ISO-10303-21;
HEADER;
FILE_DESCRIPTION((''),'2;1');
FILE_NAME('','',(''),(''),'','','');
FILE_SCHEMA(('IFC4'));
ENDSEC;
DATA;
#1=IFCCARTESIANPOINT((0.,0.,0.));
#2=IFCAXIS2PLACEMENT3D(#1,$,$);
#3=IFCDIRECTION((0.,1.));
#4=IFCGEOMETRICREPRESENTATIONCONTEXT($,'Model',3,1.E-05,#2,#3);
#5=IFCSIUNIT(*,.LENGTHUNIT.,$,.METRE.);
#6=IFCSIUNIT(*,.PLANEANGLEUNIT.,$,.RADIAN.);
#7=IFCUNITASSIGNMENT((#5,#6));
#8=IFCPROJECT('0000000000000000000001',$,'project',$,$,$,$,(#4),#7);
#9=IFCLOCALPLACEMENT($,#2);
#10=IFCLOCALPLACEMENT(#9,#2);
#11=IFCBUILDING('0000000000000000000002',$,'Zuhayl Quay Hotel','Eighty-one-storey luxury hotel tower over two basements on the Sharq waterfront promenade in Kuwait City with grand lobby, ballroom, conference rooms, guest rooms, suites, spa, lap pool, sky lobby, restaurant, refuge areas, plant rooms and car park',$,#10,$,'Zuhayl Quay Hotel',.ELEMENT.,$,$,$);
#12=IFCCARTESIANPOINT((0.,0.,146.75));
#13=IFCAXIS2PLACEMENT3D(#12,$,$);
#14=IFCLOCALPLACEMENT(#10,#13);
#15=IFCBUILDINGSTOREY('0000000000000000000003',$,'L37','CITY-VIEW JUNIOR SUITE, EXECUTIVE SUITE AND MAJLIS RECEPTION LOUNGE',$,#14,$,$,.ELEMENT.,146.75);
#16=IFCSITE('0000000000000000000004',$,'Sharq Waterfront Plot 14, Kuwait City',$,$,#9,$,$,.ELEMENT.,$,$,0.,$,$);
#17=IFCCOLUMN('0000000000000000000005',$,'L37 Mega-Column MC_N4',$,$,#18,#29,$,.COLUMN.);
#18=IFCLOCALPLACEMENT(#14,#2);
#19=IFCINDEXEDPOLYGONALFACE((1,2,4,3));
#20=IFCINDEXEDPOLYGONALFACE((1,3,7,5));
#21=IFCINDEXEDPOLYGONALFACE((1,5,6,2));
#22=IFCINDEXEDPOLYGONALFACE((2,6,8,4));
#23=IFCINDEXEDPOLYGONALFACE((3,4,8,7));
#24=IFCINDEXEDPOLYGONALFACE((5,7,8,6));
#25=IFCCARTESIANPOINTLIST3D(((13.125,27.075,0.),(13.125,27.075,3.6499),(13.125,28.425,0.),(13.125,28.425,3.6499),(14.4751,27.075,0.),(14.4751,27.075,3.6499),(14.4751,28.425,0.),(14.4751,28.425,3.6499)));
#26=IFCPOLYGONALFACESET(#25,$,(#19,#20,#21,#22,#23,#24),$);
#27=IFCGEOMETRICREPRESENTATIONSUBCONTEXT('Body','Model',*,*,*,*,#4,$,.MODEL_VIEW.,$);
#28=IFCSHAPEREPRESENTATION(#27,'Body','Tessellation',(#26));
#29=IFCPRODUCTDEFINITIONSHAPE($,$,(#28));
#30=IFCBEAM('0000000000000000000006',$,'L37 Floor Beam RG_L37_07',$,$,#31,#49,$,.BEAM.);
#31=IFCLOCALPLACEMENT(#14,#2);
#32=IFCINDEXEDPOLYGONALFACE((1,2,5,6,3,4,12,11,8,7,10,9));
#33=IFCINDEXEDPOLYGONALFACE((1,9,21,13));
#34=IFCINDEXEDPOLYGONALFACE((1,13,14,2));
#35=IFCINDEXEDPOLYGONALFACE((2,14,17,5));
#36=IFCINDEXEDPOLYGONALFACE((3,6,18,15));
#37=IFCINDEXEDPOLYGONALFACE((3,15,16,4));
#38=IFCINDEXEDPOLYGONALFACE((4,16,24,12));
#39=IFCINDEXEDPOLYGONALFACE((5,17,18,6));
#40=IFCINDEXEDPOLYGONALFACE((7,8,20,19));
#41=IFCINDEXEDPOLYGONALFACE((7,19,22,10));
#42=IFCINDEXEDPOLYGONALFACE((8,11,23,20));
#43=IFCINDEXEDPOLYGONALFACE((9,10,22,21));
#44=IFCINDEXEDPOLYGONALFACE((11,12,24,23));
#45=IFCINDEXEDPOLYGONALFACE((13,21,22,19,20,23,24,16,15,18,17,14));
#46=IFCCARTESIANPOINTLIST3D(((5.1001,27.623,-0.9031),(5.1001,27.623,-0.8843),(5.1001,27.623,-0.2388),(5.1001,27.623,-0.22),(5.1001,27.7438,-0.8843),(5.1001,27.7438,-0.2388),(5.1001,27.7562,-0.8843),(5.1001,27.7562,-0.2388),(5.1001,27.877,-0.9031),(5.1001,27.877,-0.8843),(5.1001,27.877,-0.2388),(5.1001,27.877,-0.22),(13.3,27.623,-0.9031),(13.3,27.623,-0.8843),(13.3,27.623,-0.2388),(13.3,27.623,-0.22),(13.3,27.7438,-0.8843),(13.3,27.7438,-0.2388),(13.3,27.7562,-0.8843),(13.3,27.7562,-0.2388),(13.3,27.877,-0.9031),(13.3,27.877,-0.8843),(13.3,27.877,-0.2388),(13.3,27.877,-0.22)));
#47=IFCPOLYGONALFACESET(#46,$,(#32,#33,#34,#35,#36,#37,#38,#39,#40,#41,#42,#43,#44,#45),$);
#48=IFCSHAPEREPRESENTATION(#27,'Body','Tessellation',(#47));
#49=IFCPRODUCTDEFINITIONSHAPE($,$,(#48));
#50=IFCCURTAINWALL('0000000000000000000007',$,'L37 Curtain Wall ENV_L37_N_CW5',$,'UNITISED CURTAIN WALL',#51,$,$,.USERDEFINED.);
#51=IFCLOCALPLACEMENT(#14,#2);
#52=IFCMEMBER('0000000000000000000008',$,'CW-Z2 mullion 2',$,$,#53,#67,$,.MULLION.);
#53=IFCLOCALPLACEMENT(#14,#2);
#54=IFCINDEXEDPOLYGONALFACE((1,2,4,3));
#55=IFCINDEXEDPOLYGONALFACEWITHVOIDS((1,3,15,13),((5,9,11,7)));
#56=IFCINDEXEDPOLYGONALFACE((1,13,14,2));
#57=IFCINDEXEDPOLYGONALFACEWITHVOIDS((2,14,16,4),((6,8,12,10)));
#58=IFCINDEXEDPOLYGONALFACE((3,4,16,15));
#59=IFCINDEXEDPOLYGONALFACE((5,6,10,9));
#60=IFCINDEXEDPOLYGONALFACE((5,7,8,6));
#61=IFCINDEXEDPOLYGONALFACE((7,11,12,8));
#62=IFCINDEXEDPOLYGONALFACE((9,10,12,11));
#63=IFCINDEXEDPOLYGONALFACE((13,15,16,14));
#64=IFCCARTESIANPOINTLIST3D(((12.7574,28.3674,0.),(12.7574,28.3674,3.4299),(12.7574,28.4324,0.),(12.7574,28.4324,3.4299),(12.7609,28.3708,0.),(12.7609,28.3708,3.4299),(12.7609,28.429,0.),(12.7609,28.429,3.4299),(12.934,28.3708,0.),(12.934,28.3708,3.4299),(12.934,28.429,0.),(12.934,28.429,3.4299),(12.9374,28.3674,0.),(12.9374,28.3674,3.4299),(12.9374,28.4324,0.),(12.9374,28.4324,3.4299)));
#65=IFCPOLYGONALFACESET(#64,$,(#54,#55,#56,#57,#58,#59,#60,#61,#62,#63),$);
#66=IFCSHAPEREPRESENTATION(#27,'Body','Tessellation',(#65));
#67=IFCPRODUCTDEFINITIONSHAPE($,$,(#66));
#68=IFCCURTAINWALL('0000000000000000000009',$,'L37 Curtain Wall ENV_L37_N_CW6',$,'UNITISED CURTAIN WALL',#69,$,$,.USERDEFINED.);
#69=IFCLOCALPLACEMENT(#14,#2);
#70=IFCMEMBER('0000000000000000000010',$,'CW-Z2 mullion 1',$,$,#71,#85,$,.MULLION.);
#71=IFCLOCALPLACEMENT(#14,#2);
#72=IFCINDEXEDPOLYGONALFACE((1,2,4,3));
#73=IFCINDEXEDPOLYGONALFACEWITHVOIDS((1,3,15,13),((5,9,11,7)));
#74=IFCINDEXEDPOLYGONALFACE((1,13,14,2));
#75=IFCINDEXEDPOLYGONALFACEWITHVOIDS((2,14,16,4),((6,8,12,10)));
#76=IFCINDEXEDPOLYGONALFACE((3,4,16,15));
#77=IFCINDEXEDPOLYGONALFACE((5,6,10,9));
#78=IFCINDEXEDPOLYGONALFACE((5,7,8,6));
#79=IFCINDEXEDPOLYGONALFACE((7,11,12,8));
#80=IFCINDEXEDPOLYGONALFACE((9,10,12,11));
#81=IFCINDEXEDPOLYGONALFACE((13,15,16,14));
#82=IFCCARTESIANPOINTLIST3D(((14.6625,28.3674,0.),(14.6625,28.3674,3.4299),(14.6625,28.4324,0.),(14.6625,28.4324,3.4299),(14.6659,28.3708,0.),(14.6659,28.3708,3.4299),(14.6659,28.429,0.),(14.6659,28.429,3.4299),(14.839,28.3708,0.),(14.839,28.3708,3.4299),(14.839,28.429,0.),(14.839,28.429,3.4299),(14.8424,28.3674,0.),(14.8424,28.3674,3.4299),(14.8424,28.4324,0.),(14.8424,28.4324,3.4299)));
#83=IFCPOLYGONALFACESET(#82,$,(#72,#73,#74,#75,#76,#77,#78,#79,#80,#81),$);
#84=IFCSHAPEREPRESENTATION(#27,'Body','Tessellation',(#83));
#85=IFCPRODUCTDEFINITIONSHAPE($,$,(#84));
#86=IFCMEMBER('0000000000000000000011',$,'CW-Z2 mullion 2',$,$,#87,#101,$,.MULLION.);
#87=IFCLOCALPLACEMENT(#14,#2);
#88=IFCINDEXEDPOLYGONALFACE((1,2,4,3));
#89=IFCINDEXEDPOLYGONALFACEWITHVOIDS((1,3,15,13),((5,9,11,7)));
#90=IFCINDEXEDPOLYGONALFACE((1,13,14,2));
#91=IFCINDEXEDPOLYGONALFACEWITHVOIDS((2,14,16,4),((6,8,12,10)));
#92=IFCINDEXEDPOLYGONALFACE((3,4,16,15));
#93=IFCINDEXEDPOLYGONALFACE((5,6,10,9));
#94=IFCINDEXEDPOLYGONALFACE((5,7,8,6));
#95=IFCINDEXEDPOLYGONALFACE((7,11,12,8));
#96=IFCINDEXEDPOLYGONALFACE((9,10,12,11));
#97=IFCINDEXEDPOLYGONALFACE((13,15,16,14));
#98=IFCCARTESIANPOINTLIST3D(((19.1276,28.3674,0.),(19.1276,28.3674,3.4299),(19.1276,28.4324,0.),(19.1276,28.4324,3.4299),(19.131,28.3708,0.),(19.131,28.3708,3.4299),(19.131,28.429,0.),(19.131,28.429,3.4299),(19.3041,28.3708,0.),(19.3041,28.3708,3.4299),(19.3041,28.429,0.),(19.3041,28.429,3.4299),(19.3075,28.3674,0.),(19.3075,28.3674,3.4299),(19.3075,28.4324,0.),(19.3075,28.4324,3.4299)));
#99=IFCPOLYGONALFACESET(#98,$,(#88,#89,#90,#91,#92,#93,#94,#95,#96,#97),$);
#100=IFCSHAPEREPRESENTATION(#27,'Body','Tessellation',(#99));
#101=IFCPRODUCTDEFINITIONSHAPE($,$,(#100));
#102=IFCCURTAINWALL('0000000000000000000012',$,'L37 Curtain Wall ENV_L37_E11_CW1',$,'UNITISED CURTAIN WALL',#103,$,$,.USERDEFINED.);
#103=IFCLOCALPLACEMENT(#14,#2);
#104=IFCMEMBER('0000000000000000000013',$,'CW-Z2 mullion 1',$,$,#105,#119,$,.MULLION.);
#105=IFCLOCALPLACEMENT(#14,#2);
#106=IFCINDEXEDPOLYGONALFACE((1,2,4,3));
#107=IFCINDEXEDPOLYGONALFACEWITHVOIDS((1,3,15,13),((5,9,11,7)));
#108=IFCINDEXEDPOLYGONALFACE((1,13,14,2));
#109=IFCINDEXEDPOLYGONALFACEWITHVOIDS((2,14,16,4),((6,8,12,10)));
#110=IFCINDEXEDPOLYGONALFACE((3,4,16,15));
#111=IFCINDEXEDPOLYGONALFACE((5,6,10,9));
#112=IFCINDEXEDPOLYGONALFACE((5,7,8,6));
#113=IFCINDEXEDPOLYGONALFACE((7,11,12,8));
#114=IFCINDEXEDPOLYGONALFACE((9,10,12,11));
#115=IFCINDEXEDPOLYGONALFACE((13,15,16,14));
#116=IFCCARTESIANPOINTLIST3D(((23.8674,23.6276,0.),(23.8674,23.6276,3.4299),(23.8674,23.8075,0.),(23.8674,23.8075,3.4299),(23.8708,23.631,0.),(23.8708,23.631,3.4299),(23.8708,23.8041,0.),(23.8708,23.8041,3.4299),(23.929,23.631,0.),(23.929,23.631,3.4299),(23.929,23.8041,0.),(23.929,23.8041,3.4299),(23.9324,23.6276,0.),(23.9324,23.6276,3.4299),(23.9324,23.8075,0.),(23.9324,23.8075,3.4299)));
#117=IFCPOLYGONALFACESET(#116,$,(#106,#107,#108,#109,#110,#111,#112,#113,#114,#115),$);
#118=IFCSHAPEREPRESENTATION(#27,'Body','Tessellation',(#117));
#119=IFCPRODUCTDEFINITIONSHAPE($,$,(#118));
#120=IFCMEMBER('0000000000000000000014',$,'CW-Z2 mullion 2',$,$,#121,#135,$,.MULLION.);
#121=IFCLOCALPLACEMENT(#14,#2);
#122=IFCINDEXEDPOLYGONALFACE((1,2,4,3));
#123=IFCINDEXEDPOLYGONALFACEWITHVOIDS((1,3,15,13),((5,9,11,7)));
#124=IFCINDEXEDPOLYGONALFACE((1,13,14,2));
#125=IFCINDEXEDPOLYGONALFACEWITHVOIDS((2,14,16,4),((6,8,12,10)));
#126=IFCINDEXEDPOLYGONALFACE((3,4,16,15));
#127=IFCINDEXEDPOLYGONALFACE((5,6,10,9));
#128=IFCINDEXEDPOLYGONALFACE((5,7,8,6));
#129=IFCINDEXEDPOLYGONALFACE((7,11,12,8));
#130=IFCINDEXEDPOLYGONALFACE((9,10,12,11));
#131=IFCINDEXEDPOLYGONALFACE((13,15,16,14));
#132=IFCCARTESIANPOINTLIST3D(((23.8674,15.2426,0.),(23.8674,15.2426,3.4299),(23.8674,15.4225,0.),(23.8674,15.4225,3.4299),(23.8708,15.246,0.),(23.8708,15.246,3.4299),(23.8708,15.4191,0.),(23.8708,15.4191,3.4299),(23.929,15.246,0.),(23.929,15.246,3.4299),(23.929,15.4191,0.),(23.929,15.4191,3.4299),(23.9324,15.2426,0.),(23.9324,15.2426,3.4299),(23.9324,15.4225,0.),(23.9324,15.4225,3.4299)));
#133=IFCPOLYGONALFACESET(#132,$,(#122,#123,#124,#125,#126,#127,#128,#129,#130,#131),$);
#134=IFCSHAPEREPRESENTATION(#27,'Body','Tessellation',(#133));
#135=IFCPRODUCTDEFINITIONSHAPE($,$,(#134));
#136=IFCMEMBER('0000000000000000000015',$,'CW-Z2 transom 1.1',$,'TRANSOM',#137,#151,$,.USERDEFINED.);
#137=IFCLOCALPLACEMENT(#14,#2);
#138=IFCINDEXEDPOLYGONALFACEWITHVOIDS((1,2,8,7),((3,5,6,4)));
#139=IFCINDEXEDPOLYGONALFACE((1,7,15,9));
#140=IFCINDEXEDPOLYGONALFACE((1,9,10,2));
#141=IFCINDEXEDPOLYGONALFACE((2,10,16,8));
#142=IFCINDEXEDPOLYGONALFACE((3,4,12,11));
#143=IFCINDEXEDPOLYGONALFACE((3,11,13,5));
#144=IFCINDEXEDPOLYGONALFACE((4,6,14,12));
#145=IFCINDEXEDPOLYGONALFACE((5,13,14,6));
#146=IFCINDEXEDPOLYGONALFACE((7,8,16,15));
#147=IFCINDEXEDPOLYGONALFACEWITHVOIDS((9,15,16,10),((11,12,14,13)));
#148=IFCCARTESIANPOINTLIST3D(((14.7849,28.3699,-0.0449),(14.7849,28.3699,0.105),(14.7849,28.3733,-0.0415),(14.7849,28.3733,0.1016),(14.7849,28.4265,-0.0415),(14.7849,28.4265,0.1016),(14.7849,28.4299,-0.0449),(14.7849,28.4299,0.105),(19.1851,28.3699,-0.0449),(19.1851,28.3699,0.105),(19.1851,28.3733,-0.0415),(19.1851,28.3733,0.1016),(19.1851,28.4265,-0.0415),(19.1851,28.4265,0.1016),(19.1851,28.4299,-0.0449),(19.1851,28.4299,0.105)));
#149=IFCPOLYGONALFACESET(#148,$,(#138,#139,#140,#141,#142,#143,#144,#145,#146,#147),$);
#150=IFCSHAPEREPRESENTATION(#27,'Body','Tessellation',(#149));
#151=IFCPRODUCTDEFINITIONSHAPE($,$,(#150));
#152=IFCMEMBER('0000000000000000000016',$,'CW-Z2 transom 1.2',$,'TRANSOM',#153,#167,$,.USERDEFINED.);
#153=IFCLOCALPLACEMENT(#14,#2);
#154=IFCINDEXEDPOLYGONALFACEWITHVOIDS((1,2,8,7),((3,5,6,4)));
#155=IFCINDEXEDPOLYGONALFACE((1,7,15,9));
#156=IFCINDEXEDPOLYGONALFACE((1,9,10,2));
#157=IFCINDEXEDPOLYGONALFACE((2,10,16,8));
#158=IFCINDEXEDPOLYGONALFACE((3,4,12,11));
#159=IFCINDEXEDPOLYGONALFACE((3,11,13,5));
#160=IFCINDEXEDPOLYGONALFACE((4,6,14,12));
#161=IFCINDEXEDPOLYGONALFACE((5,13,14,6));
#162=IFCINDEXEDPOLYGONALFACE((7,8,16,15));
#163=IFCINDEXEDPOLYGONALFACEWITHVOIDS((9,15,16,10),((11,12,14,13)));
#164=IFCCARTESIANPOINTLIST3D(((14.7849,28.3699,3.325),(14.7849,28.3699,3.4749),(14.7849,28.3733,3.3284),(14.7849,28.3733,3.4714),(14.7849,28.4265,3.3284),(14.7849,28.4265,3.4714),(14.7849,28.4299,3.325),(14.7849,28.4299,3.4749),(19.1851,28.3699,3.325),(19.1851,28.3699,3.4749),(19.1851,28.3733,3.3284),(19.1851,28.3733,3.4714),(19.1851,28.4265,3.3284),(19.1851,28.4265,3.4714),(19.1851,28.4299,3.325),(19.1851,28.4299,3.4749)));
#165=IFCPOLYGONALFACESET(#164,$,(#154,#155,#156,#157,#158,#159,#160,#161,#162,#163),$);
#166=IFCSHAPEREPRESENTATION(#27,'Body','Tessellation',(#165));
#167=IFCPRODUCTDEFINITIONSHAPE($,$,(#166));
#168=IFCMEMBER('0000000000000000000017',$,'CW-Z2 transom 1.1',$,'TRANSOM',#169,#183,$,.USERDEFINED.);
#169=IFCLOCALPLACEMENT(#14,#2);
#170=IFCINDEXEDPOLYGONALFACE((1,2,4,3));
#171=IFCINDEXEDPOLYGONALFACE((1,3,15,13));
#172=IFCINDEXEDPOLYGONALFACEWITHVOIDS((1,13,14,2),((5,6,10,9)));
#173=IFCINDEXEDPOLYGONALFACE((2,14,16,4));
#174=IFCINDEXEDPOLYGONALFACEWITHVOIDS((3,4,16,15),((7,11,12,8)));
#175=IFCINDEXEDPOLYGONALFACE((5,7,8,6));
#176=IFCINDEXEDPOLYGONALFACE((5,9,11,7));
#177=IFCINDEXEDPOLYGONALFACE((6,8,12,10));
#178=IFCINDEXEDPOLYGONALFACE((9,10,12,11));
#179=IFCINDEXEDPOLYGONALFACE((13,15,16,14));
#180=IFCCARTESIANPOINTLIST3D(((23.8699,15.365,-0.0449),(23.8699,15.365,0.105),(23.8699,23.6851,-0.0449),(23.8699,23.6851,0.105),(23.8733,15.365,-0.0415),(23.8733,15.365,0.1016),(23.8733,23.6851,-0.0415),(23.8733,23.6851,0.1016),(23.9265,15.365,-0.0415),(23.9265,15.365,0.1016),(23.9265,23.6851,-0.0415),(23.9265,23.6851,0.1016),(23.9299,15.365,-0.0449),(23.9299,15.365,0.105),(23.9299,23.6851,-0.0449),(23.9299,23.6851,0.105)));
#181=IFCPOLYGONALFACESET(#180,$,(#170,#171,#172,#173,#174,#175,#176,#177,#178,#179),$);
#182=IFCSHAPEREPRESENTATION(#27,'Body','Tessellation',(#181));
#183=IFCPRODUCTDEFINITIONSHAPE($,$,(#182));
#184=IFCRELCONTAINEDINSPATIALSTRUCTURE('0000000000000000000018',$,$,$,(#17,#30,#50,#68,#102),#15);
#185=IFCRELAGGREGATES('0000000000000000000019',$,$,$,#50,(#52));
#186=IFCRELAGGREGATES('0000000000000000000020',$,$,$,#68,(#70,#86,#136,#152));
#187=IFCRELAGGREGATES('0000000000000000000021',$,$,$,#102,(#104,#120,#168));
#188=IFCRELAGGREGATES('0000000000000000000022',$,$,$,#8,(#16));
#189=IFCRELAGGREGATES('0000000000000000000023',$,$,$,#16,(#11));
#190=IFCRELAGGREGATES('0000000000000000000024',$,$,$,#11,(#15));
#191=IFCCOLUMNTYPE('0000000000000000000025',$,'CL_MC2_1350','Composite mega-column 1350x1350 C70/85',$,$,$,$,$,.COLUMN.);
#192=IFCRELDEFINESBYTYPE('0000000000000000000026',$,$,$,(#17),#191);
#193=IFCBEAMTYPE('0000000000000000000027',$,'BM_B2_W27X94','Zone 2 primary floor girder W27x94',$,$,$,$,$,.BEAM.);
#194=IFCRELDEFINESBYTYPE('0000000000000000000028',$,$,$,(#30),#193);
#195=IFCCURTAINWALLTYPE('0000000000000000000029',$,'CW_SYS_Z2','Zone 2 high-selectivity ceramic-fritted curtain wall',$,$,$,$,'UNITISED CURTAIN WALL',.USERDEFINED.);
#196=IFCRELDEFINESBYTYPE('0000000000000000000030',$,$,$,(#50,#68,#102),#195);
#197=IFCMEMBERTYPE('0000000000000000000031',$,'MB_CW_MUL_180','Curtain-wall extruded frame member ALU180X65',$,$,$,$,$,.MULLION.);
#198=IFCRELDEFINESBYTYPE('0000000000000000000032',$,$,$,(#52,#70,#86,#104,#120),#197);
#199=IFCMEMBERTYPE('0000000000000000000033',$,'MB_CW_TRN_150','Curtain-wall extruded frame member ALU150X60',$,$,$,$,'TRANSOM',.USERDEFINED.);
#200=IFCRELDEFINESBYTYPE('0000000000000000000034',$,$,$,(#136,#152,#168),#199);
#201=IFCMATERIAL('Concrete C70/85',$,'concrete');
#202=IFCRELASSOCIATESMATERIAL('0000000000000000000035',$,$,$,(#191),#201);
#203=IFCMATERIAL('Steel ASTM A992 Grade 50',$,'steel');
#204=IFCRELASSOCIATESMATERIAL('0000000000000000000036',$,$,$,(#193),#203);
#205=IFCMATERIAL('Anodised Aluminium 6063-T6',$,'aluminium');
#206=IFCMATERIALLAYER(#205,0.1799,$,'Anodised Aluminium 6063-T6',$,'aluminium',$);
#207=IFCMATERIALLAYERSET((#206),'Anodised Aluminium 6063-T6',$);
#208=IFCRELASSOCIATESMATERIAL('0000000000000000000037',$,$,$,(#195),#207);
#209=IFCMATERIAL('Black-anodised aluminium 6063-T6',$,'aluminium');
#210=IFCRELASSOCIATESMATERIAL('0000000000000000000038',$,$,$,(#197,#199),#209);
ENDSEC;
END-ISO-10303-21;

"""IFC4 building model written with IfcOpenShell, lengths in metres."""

from ifc_helpers import new_model, si_unit, direction, frame, origin, origin_2d, place, context, subcontext, project, spatial, rectangle, hollow_rectangle, i_section, extrude, material, layer, layer_set, material_profile, profile_set, type_object, element, aggregate, save


model = new_model("IFC4")

# Units and contexts
model_context = context("Model", 3, precision=1e-05, world=origin(), true_north=direction((0.0, 1.0)))
body_context = subcontext(model_context, "Body", "Model", "MODEL_VIEW")
ifc_project = project(units=[si_unit("LENGTHUNIT", "METRE"), si_unit("PLANEANGLEUNIT", "RADIAN")], contexts=[model_context])

# Site, building, storey
site_placement = place(None, origin())
site = spatial("IfcSite", under=ifc_project, at=site_placement, Name="Sharq Waterfront Plot 14, Kuwait City", CompositionType="ELEMENT", RefElevation=0.0)
building_placement = place(site_placement, origin())
building = spatial("IfcBuilding", under=site, at=building_placement, Name="Zuhayl Quay Hotel", Description="Eighty-one-storey luxury hotel tower over two basements on the Sharq waterfront promenade in Kuwait City with grand lobby, ballroom, conference rooms, guest rooms, suites, spa, lap pool, sky lobby, restaurant, refuge areas, plant rooms and car park", LongName="Zuhayl Quay Hotel", CompositionType="ELEMENT")
storey_placement = place(building_placement, frame((0.0, 0.0, 146.75)))
storey = spatial("IfcBuildingStorey", under=building, at=storey_placement, Name="L37", Description="CITY-VIEW JUNIOR SUITE, EXECUTIVE SUITE AND MAJLIS RECEPTION LOUNGE", CompositionType="ELEMENT", Elevation=146.75)

# Column
ifc_material_1 = material(Name="Concrete C70/85", Category="concrete")
ifc_material_profile_1 = material_profile(ifc_material_1, rectangle(XDim=1.3501, YDim=1.3501, at=origin_2d()), Name="RC1350X1350")
ifc_profile_set_1 = profile_set([ifc_material_profile_1], Name="Concrete C70/85")
column_type = type_object("IfcColumnType", Name="CL_MC2_1350", Description="Composite mega-column 1350x1350 C70/85", PredefinedType="COLUMN", material=ifc_profile_set_1)
column_placement = place(storey_placement, frame((13.8, 27.75, 0.0), z_axis=(0.0, 0.0, 1.0), x_axis=(1.0, 0.0, 0.0)))
element("IfcColumn", 1, at=column_placement, inside=storey, type_object=column_type, Name="L37 Mega-Column MC_N4", PredefinedType="COLUMN", context=body_context, shape_type="SweptSolid", body=[
    extrude(rectangle(XDim=1.3501, YDim=1.3501, at=origin_2d()), origin(), (0.0, 0.0, 1.0), 3.6499),
])

# Beam
ifc_material_2 = material(Name="Steel ASTM A992 Grade 50", Category="steel")
ifc_material_profile_2 = material_profile(ifc_material_2, i_section(OverallWidth=0.2539, OverallDepth=0.6831, WebThickness=0.0125, FlangeThickness=0.0188, at=origin_2d()), Name="W27X94")
ifc_profile_set_2 = profile_set([ifc_material_profile_2], Name="Steel ASTM A992 Grade 50")
beam_type = type_object("IfcBeamType", Name="BM_B2_W27X94", Description="Zone 2 primary floor girder W27x94", PredefinedType="BEAM", material=ifc_profile_set_2)
beam_placement = place(storey_placement, frame((13.3, 27.75, -0.5615), z_axis=(-1.0, 0.0, 0.0), x_axis=(0.0, -1.0, 0.0)))
element("IfcBeam", 2, at=beam_placement, inside=storey, type_object=beam_type, Name="L37 Floor Beam RG_L37_07", PredefinedType="BEAM", context=body_context, shape_type="SweptSolid", body=[
    extrude(i_section(OverallWidth=0.2539, OverallDepth=0.6831, WebThickness=0.0125, FlangeThickness=0.0188, at=origin_2d()), origin(), (0.0, 0.0, 1.0), 8.2),
])

# Curtain wall, member
ifc_material_3 = material(Name="Anodised Aluminium 6063-T6", Category="aluminium")
ifc_layer_1 = layer(ifc_material_3, 0.1799, Name="Anodised Aluminium 6063-T6", Category="aluminium")
ifc_layer_set_1 = layer_set([ifc_layer_1], Name="Anodised Aluminium 6063-T6")
curtain_wall_type = type_object("IfcCurtainWallType", Name="CW_SYS_Z2", Description="Zone 2 high-selectivity ceramic-fritted curtain wall", ElementType="UNITISED CURTAIN WALL", PredefinedType="USERDEFINED", material=ifc_layer_set_1)
curtain_wall_1_placement = place(storey_placement, origin())
curtain_wall_1 = element("IfcCurtainWall", 3, at=curtain_wall_1_placement, inside=storey, type_object=curtain_wall_type, Name="L37 Curtain Wall ENV_L37_N_CW5", ObjectType="UNITISED CURTAIN WALL", PredefinedType="USERDEFINED")
ifc_material_4 = material(Name="Black-anodised aluminium 6063-T6", Category="aluminium")
ifc_material_profile_3 = material_profile(ifc_material_4, hollow_rectangle(XDim=0.0649, YDim=0.1799, WallThickness=0.0034, at=origin_2d()), Name="ALU180X65")
ifc_profile_set_3 = profile_set([ifc_material_profile_3], Name="Black-anodised aluminium 6063-T6")
member_type_1 = type_object("IfcMemberType", Name="MB_CW_MUL_180", Description="Curtain-wall extruded frame member ALU180X65", PredefinedType="MULLION", material=ifc_profile_set_3)
member_1_placement = place(storey_placement, frame((12.8474, 28.3999, 0.0), z_axis=(0.0, 0.0, 1.0), x_axis=(0.0, 1.0, 0.0)))
member_1 = element("IfcMember", 4, at=member_1_placement, type_object=member_type_1, Name="CW-Z2 mullion 2", PredefinedType="MULLION", context=body_context, shape_type="SweptSolid", body=[
    extrude(hollow_rectangle(XDim=0.0649, YDim=0.1799, WallThickness=0.0034, at=origin_2d()), origin(), (0.0, 0.0, 1.0), 3.4299),
])

# Curtain walls, members
curtain_wall_2_placement = place(storey_placement, origin())
curtain_wall_2 = element("IfcCurtainWall", 5, at=curtain_wall_2_placement, inside=storey, type_object=curtain_wall_type, Name="L37 Curtain Wall ENV_L37_N_CW6", ObjectType="UNITISED CURTAIN WALL", PredefinedType="USERDEFINED")
member_2_placement = place(storey_placement, frame((14.7524, 28.3999, 0.0), z_axis=(0.0, 0.0, 1.0), x_axis=(0.0, 1.0, 0.0)))
member_2 = element("IfcMember", 6, at=member_2_placement, type_object=member_type_1, Name="CW-Z2 mullion 1", PredefinedType="MULLION", context=body_context, shape_type="SweptSolid", body=[
    extrude(hollow_rectangle(XDim=0.0649, YDim=0.1799, WallThickness=0.0034, at=origin_2d()), origin(), (0.0, 0.0, 1.0), 3.4299),
])
member_3_placement = place(storey_placement, frame((19.2175, 28.3999, 0.0), z_axis=(0.0, 0.0, 1.0), x_axis=(0.0, 1.0, 0.0)))
member_3 = element("IfcMember", 7, at=member_3_placement, type_object=member_type_1, Name="CW-Z2 mullion 2", PredefinedType="MULLION", context=body_context, shape_type="SweptSolid", body=[
    extrude(hollow_rectangle(XDim=0.0649, YDim=0.1799, WallThickness=0.0034, at=origin_2d()), origin(), (0.0, 0.0, 1.0), 3.4299),
])
curtain_wall_3_placement = place(storey_placement, origin())
curtain_wall_3 = element("IfcCurtainWall", 8, at=curtain_wall_3_placement, inside=storey, type_object=curtain_wall_type, Name="L37 Curtain Wall ENV_L37_E11_CW1", ObjectType="UNITISED CURTAIN WALL", PredefinedType="USERDEFINED")
member_4_placement = place(storey_placement, frame((23.8999, 23.7175, 0.0), z_axis=(0.0, 0.0, 1.0), x_axis=(1.0, 0.0, 0.0)))
member_4 = element("IfcMember", 9, at=member_4_placement, type_object=member_type_1, Name="CW-Z2 mullion 1", PredefinedType="MULLION", context=body_context, shape_type="SweptSolid", body=[
    extrude(hollow_rectangle(XDim=0.0649, YDim=0.1799, WallThickness=0.0034, at=origin_2d()), origin(), (0.0, 0.0, 1.0), 3.4299),
])
member_5_placement = place(storey_placement, frame((23.8999, 15.3325, 0.0), z_axis=(0.0, 0.0, 1.0), x_axis=(1.0, 0.0, 0.0)))
member_5 = element("IfcMember", 10, at=member_5_placement, type_object=member_type_1, Name="CW-Z2 mullion 2", PredefinedType="MULLION", context=body_context, shape_type="SweptSolid", body=[
    extrude(hollow_rectangle(XDim=0.0649, YDim=0.1799, WallThickness=0.0034, at=origin_2d()), origin(), (0.0, 0.0, 1.0), 3.4299),
])

# Members
ifc_material_profile_4 = material_profile(ifc_material_4, hollow_rectangle(XDim=0.0601, YDim=0.1499, WallThickness=0.0034, at=origin_2d()), Name="ALU150X60")
ifc_profile_set_4 = profile_set([ifc_material_profile_4], Name="Black-anodised aluminium 6063-T6")
member_type_2 = type_object("IfcMemberType", Name="MB_CW_TRN_150", Description="Curtain-wall extruded frame member ALU150X60", ElementType="TRANSOM", PredefinedType="USERDEFINED", material=ifc_profile_set_4)
member_6_placement = place(storey_placement, frame((14.7849, 28.3999, 0.03), z_axis=(1.0, 0.0, 0.0), x_axis=(0.0, 1.0, 0.0)))
member_6 = element("IfcMember", 11, at=member_6_placement, type_object=member_type_2, Name="CW-Z2 transom 1.1", ObjectType="TRANSOM", PredefinedType="USERDEFINED", context=body_context, shape_type="SweptSolid", body=[
    extrude(hollow_rectangle(XDim=0.0601, YDim=0.1499, WallThickness=0.0034, at=origin_2d()), origin(), (0.0, 0.0, 1.0), 4.4001),
])
member_7_placement = place(storey_placement, frame((14.7849, 28.3999, 3.3999), z_axis=(1.0, 0.0, 0.0), x_axis=(0.0, 1.0, 0.0)))
member_7 = element("IfcMember", 12, at=member_7_placement, type_object=member_type_2, Name="CW-Z2 transom 1.2", ObjectType="TRANSOM", PredefinedType="USERDEFINED", context=body_context, shape_type="SweptSolid", body=[
    extrude(hollow_rectangle(XDim=0.0601, YDim=0.1499, WallThickness=0.0034, at=origin_2d()), origin(), (0.0, 0.0, 1.0), 4.4001),
])
member_8_placement = place(storey_placement, frame((23.8999, 23.6851, 0.03), z_axis=(0.0, -1.0, 0.0), x_axis=(1.0, 0.0, 0.0)))
member_8 = element("IfcMember", 13, at=member_8_placement, type_object=member_type_2, Name="CW-Z2 transom 1.1", ObjectType="TRANSOM", PredefinedType="USERDEFINED", context=body_context, shape_type="SweptSolid", body=[
    extrude(hollow_rectangle(XDim=0.0601, YDim=0.1499, WallThickness=0.0034, at=origin_2d()), origin(), (0.0, 0.0, 1.0), 8.3201),
])

aggregate(curtain_wall_1, [member_1])
aggregate(curtain_wall_2, [member_2, member_3, member_6, member_7])
aggregate(curtain_wall_3, [member_4, member_5, member_8])

save(model, "model.ifc")
